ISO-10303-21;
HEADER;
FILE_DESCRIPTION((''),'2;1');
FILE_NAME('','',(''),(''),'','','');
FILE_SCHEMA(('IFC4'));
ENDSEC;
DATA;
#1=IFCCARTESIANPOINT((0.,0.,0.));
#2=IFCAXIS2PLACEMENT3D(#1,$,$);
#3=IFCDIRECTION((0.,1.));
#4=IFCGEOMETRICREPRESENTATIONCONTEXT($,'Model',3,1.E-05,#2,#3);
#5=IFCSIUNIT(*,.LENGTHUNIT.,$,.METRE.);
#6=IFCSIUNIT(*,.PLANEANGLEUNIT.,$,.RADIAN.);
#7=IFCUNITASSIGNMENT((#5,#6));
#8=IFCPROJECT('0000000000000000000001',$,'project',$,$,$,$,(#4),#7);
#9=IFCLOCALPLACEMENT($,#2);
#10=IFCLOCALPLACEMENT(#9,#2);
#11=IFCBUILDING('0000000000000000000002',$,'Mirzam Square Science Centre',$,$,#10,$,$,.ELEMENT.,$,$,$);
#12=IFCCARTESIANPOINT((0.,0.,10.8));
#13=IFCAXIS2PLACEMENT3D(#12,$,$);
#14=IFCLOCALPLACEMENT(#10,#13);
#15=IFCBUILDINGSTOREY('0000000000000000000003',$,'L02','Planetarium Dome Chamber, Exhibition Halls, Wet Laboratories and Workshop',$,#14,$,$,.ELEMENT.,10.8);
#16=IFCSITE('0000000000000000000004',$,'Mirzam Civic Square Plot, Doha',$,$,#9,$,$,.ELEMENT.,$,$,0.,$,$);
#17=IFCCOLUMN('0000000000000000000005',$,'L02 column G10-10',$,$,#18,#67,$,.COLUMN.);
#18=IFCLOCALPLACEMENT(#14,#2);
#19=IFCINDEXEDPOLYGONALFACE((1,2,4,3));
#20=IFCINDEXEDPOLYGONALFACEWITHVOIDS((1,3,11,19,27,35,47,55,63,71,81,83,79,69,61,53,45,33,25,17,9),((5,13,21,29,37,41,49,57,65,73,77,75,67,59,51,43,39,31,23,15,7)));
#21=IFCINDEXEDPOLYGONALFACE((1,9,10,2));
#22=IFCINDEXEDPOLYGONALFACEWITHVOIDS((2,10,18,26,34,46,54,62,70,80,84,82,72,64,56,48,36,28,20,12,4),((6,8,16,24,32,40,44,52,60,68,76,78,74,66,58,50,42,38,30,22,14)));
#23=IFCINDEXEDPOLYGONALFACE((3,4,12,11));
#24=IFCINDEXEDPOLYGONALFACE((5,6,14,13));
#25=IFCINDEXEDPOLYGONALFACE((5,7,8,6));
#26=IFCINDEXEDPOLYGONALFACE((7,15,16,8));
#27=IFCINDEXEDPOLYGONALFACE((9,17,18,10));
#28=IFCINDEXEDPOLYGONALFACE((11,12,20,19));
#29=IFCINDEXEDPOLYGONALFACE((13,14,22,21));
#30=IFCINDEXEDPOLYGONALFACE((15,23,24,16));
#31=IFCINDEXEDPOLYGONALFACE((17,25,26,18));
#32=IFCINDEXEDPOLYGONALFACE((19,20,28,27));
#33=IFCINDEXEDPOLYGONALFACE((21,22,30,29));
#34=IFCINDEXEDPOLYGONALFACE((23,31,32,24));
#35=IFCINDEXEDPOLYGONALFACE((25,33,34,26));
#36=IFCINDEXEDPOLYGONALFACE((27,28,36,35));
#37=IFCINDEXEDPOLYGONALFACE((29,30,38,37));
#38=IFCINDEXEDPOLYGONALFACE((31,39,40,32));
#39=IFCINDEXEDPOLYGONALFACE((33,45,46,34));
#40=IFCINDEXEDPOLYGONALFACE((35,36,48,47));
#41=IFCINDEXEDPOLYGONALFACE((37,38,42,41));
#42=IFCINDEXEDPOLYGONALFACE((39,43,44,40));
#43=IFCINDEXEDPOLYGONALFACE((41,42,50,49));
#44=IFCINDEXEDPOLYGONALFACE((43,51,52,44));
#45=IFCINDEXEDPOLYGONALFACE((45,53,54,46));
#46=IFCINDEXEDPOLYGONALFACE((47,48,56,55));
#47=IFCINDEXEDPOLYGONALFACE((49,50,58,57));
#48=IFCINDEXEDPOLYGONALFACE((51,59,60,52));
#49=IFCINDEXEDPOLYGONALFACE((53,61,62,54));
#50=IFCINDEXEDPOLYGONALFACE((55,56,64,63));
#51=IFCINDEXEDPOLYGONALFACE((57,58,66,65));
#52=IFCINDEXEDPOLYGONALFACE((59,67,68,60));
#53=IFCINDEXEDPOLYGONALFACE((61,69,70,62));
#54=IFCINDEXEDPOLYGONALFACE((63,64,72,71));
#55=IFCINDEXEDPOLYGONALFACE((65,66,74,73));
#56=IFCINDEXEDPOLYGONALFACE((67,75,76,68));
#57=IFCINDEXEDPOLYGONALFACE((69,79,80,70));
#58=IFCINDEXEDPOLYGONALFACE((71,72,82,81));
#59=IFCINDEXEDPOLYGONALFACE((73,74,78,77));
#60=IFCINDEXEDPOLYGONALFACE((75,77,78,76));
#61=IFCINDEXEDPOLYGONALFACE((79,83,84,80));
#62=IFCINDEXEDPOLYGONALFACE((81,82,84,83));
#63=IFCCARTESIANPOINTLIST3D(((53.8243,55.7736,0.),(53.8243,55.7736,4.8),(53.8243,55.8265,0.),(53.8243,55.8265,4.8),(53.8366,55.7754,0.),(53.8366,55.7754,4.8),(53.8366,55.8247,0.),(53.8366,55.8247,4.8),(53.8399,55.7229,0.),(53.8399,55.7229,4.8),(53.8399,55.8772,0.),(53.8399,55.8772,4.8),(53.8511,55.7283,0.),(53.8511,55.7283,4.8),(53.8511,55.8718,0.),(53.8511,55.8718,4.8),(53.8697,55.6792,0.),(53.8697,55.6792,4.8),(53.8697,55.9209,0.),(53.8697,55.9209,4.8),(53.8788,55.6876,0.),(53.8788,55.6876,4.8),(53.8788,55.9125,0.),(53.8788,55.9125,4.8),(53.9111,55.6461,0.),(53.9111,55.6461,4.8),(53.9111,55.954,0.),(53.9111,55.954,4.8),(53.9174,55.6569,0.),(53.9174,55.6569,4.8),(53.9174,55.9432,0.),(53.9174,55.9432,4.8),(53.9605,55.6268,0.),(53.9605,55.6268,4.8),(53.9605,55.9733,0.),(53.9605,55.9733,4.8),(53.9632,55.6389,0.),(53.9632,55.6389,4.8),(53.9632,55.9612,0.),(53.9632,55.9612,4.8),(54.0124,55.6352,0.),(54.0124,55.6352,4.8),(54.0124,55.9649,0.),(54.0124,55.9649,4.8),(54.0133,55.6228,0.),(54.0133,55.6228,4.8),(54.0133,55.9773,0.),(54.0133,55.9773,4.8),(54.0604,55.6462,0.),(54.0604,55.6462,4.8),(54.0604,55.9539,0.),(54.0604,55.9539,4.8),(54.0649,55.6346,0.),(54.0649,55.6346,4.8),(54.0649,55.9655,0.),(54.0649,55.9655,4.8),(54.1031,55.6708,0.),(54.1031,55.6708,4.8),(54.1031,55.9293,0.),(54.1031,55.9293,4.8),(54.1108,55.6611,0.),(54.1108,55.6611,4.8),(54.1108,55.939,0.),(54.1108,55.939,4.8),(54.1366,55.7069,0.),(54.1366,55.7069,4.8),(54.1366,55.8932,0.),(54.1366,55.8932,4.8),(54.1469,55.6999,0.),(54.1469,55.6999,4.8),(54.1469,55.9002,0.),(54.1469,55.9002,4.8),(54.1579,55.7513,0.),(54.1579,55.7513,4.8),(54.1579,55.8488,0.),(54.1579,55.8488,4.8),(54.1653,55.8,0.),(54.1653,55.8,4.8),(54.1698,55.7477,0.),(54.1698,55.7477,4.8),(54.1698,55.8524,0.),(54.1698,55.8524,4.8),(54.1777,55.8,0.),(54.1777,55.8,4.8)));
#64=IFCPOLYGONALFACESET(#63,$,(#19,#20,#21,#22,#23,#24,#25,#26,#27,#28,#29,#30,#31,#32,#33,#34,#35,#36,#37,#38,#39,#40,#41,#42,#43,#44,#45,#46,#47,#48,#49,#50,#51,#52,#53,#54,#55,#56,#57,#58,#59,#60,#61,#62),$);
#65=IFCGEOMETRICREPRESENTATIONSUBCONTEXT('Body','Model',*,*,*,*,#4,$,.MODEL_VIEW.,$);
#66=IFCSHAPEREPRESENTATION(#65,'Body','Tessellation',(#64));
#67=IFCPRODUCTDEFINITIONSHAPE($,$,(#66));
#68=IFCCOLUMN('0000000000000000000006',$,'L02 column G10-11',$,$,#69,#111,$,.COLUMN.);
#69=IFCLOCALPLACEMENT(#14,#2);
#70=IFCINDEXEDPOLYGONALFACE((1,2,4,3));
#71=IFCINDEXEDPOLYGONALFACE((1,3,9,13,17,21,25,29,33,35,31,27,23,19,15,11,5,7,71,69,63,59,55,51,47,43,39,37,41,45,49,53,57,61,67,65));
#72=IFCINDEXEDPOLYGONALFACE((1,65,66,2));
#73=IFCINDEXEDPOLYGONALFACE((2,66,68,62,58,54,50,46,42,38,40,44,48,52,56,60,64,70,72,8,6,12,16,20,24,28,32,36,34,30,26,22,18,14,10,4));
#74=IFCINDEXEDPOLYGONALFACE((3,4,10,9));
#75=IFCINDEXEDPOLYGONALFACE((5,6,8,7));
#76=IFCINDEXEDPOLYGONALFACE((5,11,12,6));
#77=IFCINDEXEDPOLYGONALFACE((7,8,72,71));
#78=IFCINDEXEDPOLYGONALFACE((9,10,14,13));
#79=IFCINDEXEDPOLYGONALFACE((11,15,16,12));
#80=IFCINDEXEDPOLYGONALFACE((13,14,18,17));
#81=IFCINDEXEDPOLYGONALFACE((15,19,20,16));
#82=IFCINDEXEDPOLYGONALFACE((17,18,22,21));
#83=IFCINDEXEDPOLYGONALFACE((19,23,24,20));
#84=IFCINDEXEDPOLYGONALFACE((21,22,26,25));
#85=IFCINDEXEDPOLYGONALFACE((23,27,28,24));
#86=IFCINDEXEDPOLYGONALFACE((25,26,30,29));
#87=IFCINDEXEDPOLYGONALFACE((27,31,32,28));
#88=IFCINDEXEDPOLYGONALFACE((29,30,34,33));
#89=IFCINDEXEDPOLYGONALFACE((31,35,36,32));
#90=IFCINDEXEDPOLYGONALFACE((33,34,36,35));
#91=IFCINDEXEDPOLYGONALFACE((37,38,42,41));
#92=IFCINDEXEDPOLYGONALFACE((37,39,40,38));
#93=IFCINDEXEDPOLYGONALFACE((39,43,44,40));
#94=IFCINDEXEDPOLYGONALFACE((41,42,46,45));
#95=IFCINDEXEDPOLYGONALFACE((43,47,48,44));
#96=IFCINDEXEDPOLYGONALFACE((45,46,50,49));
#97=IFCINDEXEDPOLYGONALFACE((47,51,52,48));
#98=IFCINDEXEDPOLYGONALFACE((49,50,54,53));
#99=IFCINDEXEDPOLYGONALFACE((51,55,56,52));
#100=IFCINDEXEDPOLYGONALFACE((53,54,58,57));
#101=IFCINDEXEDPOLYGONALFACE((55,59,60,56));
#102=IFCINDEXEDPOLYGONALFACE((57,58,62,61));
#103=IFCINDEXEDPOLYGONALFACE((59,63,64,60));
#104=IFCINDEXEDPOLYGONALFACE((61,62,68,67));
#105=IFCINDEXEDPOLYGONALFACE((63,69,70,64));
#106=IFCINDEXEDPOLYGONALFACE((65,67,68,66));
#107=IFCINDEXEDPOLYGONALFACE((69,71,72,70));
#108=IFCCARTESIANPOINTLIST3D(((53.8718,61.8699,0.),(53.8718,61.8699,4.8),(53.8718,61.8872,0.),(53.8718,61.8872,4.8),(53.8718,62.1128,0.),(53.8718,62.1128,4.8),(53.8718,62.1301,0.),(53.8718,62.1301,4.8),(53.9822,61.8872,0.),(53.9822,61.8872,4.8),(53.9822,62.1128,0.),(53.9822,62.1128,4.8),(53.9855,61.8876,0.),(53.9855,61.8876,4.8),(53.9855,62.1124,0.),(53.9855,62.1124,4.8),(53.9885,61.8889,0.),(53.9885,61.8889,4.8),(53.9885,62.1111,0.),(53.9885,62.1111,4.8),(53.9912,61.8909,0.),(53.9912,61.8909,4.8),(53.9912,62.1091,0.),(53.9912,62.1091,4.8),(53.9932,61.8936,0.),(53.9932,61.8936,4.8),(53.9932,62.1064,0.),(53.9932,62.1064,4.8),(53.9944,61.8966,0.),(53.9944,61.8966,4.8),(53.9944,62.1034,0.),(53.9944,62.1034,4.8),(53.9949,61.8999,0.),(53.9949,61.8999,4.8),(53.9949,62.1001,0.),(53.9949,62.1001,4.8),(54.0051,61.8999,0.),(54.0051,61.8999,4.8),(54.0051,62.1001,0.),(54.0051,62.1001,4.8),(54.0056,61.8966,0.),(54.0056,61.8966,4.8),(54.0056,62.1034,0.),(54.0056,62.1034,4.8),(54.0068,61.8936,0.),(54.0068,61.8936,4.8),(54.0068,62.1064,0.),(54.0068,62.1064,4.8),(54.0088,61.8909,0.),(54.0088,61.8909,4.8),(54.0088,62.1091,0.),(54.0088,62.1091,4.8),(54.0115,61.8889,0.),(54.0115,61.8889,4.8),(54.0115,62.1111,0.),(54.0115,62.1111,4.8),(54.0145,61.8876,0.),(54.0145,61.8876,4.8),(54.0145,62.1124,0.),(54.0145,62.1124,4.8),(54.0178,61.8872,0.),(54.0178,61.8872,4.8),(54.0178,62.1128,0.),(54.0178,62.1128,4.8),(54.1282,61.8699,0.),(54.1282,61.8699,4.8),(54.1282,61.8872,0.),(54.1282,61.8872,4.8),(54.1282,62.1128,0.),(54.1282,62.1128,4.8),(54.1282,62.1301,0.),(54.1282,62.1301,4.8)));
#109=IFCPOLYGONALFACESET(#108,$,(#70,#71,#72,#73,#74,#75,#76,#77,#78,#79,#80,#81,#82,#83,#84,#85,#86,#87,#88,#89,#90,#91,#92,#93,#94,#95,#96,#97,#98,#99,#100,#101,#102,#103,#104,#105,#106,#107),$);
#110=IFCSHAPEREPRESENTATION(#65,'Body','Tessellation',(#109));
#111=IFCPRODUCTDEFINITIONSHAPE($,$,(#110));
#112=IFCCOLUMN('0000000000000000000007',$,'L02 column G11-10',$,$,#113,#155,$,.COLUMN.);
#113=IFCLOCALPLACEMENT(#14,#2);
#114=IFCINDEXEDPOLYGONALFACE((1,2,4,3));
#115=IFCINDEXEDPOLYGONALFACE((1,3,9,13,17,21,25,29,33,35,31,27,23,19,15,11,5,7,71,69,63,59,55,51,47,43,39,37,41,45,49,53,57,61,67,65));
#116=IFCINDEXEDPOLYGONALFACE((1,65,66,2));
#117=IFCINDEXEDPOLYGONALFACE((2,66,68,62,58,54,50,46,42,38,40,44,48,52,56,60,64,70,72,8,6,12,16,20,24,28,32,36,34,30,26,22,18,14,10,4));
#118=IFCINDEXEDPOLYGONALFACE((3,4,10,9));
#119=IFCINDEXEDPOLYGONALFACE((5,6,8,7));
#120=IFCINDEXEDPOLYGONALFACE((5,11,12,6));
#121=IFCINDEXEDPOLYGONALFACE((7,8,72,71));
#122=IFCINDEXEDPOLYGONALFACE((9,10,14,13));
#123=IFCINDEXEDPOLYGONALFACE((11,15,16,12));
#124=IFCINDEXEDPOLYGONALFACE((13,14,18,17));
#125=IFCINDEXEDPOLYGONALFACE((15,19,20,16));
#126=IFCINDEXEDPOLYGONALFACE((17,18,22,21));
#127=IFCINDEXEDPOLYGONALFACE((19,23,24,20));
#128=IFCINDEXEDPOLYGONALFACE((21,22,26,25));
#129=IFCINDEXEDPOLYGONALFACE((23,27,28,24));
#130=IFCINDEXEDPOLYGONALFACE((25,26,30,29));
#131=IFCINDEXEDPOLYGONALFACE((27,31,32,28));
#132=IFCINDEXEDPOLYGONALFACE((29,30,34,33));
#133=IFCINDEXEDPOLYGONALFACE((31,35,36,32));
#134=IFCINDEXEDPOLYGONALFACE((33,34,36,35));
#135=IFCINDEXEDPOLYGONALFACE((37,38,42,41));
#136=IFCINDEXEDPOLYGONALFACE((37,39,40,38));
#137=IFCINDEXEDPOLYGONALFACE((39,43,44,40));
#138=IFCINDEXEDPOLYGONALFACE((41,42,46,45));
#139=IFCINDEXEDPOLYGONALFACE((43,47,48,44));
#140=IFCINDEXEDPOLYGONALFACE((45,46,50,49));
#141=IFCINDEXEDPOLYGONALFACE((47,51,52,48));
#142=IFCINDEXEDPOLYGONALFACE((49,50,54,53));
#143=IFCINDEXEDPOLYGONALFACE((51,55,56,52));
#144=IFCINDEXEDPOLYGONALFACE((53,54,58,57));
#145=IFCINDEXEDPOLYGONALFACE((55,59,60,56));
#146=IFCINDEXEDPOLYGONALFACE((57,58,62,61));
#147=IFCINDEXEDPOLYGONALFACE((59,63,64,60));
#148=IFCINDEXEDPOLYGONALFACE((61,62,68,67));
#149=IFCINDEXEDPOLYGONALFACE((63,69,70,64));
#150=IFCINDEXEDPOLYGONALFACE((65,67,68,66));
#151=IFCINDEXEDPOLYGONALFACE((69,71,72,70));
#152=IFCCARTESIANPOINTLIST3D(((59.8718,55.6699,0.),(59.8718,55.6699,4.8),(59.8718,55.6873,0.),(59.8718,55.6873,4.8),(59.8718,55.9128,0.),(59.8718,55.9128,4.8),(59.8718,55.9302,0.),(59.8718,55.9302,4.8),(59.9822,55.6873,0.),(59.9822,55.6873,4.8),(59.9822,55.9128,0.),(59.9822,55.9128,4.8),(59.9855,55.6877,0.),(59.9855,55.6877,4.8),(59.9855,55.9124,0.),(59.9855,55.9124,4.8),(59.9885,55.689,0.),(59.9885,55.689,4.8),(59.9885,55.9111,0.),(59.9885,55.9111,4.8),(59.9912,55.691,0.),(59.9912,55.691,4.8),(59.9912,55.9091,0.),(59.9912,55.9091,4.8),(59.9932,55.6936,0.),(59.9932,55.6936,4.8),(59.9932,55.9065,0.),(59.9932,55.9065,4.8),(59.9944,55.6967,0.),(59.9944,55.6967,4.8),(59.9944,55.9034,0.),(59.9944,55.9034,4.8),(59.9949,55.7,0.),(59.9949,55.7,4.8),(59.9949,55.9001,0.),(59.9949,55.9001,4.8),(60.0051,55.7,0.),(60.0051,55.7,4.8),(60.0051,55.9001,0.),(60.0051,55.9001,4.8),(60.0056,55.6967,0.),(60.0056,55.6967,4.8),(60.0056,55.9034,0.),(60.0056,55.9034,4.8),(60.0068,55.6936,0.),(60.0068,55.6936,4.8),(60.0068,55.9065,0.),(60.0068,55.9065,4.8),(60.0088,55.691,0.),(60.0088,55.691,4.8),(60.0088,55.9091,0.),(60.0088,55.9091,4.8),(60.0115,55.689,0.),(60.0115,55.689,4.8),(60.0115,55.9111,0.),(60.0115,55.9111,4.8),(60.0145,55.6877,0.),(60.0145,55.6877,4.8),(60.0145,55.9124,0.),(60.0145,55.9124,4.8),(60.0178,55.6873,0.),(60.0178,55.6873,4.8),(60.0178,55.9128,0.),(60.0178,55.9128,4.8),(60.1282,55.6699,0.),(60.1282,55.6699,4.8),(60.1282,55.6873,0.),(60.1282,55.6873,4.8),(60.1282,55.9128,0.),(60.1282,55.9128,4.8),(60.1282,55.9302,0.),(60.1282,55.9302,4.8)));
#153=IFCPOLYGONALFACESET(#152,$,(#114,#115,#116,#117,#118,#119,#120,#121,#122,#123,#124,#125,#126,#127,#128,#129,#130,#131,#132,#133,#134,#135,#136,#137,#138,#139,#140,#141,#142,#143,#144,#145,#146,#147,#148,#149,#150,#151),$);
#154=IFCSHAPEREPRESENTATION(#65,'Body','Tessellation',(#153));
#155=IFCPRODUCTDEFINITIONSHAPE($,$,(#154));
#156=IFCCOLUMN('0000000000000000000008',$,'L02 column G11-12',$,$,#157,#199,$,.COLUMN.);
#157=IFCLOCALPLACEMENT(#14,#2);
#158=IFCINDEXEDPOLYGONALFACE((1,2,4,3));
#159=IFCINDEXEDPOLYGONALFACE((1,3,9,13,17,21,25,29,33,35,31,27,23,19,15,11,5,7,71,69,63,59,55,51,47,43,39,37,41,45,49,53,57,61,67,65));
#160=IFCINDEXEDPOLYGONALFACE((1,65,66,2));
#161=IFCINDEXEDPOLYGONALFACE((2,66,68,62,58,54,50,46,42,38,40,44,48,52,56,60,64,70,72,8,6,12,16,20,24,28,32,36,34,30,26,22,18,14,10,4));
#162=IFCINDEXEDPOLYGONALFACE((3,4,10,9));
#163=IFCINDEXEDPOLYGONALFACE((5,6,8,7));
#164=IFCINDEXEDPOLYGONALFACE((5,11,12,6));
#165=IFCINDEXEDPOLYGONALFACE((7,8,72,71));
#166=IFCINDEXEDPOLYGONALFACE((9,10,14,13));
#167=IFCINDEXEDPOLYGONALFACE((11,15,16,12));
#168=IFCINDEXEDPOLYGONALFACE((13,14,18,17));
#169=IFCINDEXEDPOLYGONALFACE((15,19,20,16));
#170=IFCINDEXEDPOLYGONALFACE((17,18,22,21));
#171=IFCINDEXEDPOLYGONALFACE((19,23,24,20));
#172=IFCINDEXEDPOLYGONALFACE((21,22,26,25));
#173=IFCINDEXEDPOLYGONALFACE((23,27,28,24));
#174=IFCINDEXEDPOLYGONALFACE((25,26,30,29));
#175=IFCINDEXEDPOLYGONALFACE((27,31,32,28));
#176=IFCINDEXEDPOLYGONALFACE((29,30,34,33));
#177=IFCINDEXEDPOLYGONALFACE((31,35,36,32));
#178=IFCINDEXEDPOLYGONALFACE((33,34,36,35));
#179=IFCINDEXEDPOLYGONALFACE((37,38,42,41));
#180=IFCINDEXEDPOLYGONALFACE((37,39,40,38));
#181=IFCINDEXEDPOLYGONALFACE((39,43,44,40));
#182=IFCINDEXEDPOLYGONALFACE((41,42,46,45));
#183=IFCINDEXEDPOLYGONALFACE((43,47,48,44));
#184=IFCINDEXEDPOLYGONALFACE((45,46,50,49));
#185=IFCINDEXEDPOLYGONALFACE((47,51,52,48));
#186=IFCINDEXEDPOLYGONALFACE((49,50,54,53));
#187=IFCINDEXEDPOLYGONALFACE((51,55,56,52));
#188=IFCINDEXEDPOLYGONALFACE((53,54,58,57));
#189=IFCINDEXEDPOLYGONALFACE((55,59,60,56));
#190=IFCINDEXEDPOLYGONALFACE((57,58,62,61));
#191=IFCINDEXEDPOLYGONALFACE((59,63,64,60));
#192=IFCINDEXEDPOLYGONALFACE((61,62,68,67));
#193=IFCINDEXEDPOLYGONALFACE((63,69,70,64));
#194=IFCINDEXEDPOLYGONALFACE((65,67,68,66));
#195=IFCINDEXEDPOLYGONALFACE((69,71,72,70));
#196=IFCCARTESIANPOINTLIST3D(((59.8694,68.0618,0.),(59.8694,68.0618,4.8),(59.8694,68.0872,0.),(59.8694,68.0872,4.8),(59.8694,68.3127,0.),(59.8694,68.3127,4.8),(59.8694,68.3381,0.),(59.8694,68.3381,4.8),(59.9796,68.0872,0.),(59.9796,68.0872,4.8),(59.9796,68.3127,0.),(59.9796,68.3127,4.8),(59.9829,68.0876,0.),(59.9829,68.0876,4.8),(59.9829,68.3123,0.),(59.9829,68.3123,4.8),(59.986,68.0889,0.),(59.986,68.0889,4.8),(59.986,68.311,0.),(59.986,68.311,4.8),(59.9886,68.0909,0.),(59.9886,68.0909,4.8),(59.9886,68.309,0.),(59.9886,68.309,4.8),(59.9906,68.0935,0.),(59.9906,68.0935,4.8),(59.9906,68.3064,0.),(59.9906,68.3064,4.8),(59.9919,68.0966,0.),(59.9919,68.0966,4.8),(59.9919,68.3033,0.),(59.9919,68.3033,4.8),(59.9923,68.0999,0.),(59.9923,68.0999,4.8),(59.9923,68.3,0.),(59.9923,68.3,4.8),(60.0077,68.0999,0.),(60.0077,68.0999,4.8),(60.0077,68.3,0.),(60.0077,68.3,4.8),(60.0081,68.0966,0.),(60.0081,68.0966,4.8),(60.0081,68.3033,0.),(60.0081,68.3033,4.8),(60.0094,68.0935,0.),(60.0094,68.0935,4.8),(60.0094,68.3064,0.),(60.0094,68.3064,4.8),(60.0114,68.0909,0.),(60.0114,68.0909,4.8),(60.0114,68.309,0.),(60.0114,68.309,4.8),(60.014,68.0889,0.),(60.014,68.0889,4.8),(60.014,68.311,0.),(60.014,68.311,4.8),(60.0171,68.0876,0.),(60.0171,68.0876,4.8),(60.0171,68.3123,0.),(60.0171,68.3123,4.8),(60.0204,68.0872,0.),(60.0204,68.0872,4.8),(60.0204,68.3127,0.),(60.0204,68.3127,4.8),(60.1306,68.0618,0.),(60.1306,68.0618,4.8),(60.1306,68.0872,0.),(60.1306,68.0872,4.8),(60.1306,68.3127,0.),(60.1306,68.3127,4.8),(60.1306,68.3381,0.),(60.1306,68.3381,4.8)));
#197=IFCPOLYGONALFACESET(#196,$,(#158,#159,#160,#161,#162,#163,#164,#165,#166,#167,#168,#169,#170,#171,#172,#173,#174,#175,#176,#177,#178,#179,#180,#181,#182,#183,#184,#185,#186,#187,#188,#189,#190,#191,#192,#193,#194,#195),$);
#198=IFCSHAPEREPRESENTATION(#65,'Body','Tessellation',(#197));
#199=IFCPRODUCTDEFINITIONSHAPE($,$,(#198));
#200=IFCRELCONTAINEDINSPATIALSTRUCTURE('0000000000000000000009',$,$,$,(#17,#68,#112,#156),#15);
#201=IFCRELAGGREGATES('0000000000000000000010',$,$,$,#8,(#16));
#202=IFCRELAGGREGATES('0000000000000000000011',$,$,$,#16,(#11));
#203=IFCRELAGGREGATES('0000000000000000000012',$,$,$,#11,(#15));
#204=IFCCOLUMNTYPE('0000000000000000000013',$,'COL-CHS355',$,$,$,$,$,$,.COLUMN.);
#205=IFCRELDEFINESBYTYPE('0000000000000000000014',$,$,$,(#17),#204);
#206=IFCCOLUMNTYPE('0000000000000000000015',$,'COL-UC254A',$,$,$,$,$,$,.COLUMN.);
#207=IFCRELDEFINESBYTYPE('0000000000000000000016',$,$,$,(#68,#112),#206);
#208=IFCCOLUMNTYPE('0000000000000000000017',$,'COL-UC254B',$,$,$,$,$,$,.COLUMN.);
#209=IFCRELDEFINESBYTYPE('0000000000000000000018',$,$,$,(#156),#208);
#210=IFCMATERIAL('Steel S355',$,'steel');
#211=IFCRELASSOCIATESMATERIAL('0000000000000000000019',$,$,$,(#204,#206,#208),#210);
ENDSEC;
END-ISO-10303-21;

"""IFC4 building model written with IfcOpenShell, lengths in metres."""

from ifc_helpers import new_model, si_unit, direction, frame, origin, origin_2d, place, context, subcontext, project, spatial, hollow_circle, i_section, extrude, material, material_profile, profile_set, type_object, element, save


model = new_model("IFC4")

# Units and contexts
model_context = context("Model", 3, precision=1e-05, world=origin(), true_north=direction((0.0, 1.0)))
body_context = subcontext(model_context, "Body", "Model", "MODEL_VIEW")
ifc_project = project(units=[si_unit("LENGTHUNIT", "METRE"), si_unit("PLANEANGLEUNIT", "RADIAN")], contexts=[model_context])

# Site, building, storey
site_placement = place(None, origin())
site = spatial("IfcSite", under=ifc_project, at=site_placement, Name="Mirzam Civic Square Plot, Doha", CompositionType="ELEMENT", RefElevation=0.0)
building_placement = place(site_placement, origin())
building = spatial("IfcBuilding", under=site, at=building_placement, Name="Mirzam Square Science Centre", CompositionType="ELEMENT")
storey_placement = place(building_placement, frame((0.0, 0.0, 10.8)))
storey = spatial("IfcBuildingStorey", under=building, at=storey_placement, Name="L02", Description="Planetarium Dome Chamber, Exhibition Halls, Wet Laboratories and Workshop", CompositionType="ELEMENT", Elevation=10.8)

# Columns
ifc_material_1 = material(Name="Steel S355", Category="steel")
ifc_material_profile_1 = material_profile(ifc_material_1, hollow_circle(Radius=0.1777, WallThickness=0.0125, at=origin_2d()), Name="355.6x12.5CHS")
ifc_profile_set_1 = profile_set([ifc_material_profile_1], Name="Steel S355")
column_type_1 = type_object("IfcColumnType", Name="COL-CHS355", PredefinedType="COLUMN", material=ifc_profile_set_1)
column_1_placement = place(storey_placement, frame((54.0, 55.8, 0.0), z_axis=(0.0, 0.0, 1.0), x_axis=(1.0, 0.0, 0.0)))
element("IfcColumn", 1, at=column_1_placement, inside=storey, type_object=column_type_1, Name="L02 column G10-10", PredefinedType="COLUMN", context=body_context, shape_type="SweptSolid", body=[
    extrude(hollow_circle(Radius=0.1777, WallThickness=0.0125, at=origin_2d()), origin(), (0.0, 0.0, 1.0), 4.8),
])
ifc_material_profile_2 = material_profile(ifc_material_1, i_section(OverallWidth=0.2563, OverallDepth=0.2603, WebThickness=0.0103, FlangeThickness=0.0173, FilletRadius=0.0127, at=origin_2d()), Name="254x254x89UC")
ifc_profile_set_2 = profile_set([ifc_material_profile_2], Name="Steel S355")
column_type_2 = type_object("IfcColumnType", Name="COL-UC254A", PredefinedType="COLUMN", material=ifc_profile_set_2)
for number, where, z_axis, x_axis, name in (
    (2, (54.0, 62.0, 0.0), (0.0, 0.0, 1.0), (1.0, 0.0, 0.0), "L02 column G10-11"),
    (3, (60.0, 55.8, 0.0), (0.0, 0.0, 1.0), (1.0, 0.0, 0.0), "L02 column G11-10"),
):
    element("IfcColumn", number, at=place(storey_placement, frame(where, z_axis=z_axis, x_axis=x_axis)), inside=storey, type_object=column_type_2, Name=name, PredefinedType="COLUMN", context=body_context, shape_type="SweptSolid", body=[
        extrude(i_section(OverallWidth=0.2563, OverallDepth=0.2603, WebThickness=0.0103, FlangeThickness=0.0173, FilletRadius=0.0127, at=origin_2d()), origin(), (0.0, 0.0, 1.0), 4.8),
    ])
ifc_material_profile_3 = material_profile(ifc_material_1, i_section(OverallWidth=0.2612, OverallDepth=0.2764, WebThickness=0.0154, FlangeThickness=0.0254, FilletRadius=0.0127, at=origin_2d()), Name="254x254x132UC")
ifc_profile_set_3 = profile_set([ifc_material_profile_3], Name="Steel S355")
column_type_3 = type_object("IfcColumnType", Name="COL-UC254B", PredefinedType="COLUMN", material=ifc_profile_set_3)
column_2_placement = place(storey_placement, frame((60.0, 68.2, 0.0), z_axis=(0.0, 0.0, 1.0), x_axis=(1.0, 0.0, 0.0)))
element("IfcColumn", 4, at=column_2_placement, inside=storey, type_object=column_type_3, Name="L02 column G11-12", PredefinedType="COLUMN", context=body_context, shape_type="SweptSolid", body=[
    extrude(i_section(OverallWidth=0.2612, OverallDepth=0.2764, WebThickness=0.0154, FlangeThickness=0.0254, FilletRadius=0.0127, at=origin_2d()), origin(), (0.0, 0.0, 1.0), 4.8),
])

save(model, "model.ifc")
